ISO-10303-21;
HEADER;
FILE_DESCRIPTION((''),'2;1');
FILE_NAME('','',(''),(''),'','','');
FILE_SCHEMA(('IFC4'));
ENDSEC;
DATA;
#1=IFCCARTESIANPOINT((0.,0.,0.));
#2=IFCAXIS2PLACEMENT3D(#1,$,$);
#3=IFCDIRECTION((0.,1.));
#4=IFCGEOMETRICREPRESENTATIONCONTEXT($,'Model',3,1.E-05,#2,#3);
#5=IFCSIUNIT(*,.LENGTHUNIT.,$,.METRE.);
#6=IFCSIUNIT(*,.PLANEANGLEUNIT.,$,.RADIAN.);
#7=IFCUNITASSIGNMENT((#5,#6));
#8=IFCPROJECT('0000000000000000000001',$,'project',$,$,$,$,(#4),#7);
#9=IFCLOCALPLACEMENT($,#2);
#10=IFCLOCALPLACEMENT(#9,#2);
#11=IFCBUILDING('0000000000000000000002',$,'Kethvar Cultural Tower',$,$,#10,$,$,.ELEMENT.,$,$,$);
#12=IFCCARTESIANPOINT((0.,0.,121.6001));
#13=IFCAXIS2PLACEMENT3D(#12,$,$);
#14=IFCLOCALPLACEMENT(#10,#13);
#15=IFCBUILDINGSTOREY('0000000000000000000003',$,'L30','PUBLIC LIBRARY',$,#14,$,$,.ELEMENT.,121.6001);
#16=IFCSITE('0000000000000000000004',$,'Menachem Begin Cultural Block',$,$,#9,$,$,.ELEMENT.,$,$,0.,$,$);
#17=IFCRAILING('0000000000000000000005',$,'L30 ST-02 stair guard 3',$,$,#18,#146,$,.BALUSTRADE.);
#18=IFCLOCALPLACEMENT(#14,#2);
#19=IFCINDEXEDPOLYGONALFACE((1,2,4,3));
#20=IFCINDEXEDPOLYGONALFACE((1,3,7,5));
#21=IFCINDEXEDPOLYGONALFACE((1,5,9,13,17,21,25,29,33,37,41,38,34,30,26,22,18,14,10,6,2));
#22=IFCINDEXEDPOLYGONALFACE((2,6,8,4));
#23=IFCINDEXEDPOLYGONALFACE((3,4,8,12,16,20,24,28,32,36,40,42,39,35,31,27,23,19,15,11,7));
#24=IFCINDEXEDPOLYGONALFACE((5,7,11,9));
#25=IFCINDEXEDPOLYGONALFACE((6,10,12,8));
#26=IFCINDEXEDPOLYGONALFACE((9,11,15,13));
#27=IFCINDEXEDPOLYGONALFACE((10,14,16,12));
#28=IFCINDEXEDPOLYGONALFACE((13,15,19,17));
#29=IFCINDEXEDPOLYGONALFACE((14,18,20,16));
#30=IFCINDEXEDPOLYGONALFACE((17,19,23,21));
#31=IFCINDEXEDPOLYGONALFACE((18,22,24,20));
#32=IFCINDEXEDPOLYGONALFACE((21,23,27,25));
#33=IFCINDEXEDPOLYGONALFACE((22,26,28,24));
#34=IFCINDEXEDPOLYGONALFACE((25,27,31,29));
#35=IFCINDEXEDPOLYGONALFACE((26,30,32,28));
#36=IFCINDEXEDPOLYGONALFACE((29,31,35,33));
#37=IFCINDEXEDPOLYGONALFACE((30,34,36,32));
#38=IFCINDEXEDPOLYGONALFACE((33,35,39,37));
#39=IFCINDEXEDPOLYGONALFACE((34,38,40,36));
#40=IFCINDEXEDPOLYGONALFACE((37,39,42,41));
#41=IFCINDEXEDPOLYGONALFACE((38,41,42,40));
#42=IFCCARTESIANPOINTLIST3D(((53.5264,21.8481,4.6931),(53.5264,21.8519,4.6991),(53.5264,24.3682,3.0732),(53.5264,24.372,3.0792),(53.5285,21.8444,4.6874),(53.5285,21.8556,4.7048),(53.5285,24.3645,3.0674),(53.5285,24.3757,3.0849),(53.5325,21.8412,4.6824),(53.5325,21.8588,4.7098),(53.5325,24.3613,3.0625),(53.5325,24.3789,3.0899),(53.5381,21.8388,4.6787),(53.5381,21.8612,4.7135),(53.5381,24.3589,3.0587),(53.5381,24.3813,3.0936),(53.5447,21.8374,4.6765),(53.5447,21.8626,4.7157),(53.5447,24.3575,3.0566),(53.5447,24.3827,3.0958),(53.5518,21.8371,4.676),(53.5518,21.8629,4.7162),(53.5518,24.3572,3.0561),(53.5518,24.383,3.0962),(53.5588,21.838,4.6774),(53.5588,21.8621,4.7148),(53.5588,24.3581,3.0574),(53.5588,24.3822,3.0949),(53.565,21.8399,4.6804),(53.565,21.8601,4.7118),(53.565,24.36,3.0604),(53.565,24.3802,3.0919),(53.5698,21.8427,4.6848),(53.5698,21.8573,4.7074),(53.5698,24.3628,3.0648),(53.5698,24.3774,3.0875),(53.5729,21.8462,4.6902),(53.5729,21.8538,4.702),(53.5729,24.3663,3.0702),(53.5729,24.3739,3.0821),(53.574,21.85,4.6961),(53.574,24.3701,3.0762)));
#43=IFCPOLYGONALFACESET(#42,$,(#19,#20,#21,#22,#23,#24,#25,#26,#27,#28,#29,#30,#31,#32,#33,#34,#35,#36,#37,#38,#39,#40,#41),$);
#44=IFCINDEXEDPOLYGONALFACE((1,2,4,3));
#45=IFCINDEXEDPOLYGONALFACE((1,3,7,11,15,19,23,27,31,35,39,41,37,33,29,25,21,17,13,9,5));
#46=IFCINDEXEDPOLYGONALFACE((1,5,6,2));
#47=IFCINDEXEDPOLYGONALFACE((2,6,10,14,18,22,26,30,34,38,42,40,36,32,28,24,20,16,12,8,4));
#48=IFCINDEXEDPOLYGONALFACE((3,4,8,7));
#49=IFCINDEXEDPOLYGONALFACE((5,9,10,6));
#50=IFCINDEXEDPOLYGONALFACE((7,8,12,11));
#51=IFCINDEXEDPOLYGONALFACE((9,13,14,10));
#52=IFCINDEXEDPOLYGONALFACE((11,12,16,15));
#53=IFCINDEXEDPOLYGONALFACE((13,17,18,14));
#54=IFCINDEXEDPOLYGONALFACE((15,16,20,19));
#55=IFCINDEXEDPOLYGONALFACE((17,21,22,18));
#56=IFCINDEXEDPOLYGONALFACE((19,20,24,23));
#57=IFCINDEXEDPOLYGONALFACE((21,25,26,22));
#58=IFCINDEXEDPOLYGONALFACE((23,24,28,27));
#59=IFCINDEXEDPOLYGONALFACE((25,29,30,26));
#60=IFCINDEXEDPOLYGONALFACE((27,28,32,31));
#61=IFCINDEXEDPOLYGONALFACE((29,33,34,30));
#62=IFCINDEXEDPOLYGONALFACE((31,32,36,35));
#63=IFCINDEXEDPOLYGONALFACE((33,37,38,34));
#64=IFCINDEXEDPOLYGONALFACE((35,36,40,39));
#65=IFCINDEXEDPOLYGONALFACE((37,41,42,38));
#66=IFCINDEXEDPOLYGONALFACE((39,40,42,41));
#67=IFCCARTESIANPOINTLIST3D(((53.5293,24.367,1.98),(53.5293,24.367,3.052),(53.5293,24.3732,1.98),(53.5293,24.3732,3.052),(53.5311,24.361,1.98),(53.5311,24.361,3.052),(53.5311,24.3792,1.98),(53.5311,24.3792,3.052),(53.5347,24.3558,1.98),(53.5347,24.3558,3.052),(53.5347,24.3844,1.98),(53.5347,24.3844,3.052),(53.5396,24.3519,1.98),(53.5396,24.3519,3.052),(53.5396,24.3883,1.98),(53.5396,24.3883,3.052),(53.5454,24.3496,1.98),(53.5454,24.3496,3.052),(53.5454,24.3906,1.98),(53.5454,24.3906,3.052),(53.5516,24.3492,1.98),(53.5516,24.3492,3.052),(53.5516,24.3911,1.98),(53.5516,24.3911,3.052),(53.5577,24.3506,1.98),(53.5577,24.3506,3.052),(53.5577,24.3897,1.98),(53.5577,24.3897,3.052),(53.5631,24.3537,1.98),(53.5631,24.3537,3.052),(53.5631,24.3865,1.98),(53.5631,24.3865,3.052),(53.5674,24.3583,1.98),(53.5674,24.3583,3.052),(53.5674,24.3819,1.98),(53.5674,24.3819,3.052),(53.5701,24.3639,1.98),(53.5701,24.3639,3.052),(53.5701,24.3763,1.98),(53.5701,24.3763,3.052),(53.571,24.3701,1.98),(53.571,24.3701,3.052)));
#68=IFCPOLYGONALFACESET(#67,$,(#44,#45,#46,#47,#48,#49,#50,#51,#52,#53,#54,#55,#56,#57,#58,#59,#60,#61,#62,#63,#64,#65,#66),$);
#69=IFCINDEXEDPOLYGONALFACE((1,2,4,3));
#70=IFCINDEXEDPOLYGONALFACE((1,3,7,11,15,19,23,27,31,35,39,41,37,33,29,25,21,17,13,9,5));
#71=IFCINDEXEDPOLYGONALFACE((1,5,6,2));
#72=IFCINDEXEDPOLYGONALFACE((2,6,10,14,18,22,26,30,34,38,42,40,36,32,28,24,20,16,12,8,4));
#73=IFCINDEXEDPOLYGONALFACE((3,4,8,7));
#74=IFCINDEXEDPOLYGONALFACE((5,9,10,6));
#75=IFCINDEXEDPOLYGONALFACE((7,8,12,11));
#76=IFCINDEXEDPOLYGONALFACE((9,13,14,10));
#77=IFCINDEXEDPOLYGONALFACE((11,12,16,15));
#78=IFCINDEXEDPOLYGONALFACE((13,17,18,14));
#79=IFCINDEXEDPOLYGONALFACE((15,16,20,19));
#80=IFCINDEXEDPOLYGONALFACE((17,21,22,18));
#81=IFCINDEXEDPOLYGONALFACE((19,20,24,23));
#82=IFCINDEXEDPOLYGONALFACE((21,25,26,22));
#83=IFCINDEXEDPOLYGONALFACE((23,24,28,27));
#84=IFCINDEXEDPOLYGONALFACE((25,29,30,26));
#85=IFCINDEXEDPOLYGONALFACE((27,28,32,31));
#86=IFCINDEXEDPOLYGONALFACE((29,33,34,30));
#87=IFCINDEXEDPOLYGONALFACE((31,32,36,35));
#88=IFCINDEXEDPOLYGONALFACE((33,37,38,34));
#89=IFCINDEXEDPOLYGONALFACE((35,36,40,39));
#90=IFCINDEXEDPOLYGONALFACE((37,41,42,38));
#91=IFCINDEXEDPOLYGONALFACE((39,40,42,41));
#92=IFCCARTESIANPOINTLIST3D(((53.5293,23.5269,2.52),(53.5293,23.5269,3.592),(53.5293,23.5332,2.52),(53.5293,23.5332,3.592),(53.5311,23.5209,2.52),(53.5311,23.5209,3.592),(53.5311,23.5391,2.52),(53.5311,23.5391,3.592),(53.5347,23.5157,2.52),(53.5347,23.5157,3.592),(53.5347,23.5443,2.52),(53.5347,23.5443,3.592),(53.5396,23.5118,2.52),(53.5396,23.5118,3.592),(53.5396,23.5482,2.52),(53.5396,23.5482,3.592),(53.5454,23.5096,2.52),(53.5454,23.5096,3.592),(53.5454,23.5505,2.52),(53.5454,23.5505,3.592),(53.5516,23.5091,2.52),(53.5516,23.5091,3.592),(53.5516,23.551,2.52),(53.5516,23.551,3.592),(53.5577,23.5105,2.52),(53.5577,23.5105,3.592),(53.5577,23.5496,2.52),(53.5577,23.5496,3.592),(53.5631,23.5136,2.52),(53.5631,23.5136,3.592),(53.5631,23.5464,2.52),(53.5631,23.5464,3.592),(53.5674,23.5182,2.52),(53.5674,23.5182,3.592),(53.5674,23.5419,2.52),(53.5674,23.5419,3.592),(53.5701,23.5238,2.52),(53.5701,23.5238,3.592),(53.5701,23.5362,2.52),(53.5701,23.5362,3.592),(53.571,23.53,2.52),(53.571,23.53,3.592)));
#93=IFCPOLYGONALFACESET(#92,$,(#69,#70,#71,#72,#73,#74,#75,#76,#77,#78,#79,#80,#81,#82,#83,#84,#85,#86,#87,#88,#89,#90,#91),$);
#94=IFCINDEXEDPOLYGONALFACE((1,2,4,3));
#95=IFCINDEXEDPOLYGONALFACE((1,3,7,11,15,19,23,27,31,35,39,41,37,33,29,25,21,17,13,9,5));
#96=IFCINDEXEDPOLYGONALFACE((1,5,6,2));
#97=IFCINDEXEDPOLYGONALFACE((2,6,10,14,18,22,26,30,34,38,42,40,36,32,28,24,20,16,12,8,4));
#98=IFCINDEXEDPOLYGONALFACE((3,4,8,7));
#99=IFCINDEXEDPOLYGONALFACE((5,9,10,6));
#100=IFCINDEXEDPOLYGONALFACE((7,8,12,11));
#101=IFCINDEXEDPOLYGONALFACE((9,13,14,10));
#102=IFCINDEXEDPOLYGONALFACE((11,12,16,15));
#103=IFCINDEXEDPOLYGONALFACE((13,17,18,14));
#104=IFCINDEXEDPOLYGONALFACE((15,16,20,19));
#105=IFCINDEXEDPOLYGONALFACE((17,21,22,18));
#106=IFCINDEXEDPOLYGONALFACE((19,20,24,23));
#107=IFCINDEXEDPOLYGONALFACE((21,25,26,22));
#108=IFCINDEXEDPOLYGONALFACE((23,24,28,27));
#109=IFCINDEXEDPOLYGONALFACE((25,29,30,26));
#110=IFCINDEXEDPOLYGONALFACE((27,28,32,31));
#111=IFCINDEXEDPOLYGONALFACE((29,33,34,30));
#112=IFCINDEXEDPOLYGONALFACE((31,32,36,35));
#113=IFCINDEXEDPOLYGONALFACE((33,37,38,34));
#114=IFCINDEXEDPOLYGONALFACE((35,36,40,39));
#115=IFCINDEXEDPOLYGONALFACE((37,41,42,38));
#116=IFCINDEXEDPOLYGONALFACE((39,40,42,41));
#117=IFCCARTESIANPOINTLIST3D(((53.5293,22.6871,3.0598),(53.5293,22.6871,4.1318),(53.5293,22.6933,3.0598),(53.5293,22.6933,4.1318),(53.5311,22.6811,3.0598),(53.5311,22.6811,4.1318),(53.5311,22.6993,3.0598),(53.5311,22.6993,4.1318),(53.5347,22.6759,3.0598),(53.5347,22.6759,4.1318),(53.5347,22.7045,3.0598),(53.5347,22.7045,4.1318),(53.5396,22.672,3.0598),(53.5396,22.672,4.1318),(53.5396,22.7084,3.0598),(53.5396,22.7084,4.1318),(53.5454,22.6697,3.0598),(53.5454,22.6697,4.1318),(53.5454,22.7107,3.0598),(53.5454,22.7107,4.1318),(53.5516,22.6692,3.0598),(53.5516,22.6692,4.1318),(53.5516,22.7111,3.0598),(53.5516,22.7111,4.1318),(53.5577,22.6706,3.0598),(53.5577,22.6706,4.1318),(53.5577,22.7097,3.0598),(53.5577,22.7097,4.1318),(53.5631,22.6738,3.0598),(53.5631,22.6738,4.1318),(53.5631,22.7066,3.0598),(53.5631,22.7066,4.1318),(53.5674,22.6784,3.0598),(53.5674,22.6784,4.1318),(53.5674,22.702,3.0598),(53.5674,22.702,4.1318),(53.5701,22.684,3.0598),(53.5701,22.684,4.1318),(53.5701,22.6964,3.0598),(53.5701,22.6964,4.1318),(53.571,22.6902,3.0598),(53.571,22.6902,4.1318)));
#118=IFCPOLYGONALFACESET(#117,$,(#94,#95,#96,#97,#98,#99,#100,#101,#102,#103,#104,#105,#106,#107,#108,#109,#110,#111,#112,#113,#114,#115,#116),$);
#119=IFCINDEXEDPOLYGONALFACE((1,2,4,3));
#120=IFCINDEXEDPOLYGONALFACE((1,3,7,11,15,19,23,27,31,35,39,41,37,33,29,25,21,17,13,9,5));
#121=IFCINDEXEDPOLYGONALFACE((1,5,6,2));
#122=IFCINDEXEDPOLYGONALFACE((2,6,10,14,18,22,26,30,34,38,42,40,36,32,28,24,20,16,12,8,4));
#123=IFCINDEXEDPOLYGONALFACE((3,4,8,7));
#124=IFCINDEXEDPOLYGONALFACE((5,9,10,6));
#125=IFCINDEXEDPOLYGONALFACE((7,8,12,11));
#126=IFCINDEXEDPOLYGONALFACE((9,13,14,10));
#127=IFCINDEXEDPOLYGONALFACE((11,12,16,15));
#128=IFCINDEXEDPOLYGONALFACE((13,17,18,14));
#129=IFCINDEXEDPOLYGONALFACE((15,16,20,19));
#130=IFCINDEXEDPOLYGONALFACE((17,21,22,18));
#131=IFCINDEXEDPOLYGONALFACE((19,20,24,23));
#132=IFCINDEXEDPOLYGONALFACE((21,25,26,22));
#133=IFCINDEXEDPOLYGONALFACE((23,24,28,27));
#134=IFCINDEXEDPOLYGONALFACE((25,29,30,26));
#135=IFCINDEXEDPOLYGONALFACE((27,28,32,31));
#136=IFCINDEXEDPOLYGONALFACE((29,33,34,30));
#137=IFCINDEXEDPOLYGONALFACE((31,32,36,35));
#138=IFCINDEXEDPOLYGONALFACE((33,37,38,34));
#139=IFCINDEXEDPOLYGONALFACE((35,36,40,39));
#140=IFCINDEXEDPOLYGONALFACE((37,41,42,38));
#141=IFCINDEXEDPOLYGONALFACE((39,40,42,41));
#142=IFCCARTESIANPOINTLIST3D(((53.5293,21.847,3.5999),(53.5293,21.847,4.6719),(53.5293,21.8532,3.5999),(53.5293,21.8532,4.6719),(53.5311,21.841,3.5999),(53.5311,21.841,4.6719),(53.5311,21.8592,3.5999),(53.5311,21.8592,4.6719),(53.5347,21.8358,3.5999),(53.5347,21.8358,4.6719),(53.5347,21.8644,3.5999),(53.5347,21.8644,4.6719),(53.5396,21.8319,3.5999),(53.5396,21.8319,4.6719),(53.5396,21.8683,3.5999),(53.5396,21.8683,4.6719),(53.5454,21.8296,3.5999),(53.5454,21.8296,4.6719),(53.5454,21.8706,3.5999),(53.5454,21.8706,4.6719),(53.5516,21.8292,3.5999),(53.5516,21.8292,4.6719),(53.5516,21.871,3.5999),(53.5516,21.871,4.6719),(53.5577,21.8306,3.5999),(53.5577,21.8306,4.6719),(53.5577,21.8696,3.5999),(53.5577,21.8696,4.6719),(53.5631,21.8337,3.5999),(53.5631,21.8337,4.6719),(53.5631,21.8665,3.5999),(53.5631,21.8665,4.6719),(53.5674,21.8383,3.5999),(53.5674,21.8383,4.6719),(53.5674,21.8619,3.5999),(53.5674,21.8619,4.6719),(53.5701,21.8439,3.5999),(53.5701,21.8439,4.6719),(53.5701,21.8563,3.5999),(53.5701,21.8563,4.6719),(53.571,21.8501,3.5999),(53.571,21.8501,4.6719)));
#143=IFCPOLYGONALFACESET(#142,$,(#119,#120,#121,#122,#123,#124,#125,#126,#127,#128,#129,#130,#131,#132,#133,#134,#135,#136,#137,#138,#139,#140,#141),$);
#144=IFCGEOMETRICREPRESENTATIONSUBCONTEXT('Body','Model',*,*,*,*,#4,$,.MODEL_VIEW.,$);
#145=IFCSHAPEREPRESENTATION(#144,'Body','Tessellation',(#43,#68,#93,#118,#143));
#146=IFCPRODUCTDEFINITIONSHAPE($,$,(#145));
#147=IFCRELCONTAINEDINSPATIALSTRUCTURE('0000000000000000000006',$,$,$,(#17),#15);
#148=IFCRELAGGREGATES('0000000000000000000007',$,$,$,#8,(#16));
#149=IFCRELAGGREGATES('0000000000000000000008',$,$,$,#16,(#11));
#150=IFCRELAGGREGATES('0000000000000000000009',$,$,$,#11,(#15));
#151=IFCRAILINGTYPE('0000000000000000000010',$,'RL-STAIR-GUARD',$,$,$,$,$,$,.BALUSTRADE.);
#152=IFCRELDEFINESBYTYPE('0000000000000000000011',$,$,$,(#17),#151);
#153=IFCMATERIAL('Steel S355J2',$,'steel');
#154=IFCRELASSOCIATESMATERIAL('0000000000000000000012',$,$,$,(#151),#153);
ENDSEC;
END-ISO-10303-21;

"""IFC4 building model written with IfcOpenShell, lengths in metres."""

from ifc_helpers import new_model, si_unit, direction, frame, origin, origin_2d, place, context, subcontext, project, spatial, circle, extrude, material, type_object, element, save


model = new_model("IFC4")

# Units and contexts
model_context = context("Model", 3, precision=1e-05, world=origin(), true_north=direction((0.0, 1.0)))
body_context = subcontext(model_context, "Body", "Model", "MODEL_VIEW")
ifc_project = project(units=[si_unit("LENGTHUNIT", "METRE"), si_unit("PLANEANGLEUNIT", "RADIAN")], contexts=[model_context])

# Site, building, storey
site_placement = place(None, origin())
site = spatial("IfcSite", under=ifc_project, at=site_placement, Name="Menachem Begin Cultural Block", CompositionType="ELEMENT", RefElevation=0.0)
building_placement = place(site_placement, origin())
building = spatial("IfcBuilding", under=site, at=building_placement, Name="Kethvar Cultural Tower", CompositionType="ELEMENT")
storey_placement = place(building_placement, frame((0.0, 0.0, 121.6001)))
storey = spatial("IfcBuildingStorey", under=building, at=storey_placement, Name="L30", Description="PUBLIC LIBRARY", CompositionType="ELEMENT", Elevation=121.6001)

# Shared definitions
ifc_material_1 = material(Name="Steel S355J2", Category="steel")

# Railing
railing_type_1 = type_object("IfcRailingType", Name="RL-STAIR-GUARD", PredefinedType="BALUSTRADE", material=ifc_material_1)
railing_1_placement = place(storey_placement, frame((53.55, 24.3701, 1.98)))
element("IfcRailing", 1, at=railing_1_placement, inside=storey, type_object=railing_type_1, Name="L30 ST-02 stair guard 3", PredefinedType="BALUSTRADE", context=body_context, shape_type="SweptSolid", body=[
    extrude(circle(Radius=0.0239, at=origin_2d()), frame((0.0, 0.0, 1.0962), z_axis=(0.0, -0.8412, 0.540725), x_axis=(1.0, 0.0, 0.0)), (0.0, 0.0, 1.0), 2.9958),
    extrude(circle(Radius=0.021, at=origin_2d()), origin(), (0.0, 0.0, 1.0), 1.072),
    extrude(circle(Radius=0.021, at=origin_2d()), frame((0.0, -0.8401, 0.54)), (0.0, 0.0, 1.0), 1.072),
    extrude(circle(Radius=0.021, at=origin_2d()), frame((0.0, -1.6799, 1.0798)), (0.0, 0.0, 1.0), 1.072),
    extrude(circle(Radius=0.021, at=origin_2d()), frame((0.0, -2.52, 1.6199)), (0.0, 0.0, 1.0), 1.072),
])

save(model, "model.ifc")
